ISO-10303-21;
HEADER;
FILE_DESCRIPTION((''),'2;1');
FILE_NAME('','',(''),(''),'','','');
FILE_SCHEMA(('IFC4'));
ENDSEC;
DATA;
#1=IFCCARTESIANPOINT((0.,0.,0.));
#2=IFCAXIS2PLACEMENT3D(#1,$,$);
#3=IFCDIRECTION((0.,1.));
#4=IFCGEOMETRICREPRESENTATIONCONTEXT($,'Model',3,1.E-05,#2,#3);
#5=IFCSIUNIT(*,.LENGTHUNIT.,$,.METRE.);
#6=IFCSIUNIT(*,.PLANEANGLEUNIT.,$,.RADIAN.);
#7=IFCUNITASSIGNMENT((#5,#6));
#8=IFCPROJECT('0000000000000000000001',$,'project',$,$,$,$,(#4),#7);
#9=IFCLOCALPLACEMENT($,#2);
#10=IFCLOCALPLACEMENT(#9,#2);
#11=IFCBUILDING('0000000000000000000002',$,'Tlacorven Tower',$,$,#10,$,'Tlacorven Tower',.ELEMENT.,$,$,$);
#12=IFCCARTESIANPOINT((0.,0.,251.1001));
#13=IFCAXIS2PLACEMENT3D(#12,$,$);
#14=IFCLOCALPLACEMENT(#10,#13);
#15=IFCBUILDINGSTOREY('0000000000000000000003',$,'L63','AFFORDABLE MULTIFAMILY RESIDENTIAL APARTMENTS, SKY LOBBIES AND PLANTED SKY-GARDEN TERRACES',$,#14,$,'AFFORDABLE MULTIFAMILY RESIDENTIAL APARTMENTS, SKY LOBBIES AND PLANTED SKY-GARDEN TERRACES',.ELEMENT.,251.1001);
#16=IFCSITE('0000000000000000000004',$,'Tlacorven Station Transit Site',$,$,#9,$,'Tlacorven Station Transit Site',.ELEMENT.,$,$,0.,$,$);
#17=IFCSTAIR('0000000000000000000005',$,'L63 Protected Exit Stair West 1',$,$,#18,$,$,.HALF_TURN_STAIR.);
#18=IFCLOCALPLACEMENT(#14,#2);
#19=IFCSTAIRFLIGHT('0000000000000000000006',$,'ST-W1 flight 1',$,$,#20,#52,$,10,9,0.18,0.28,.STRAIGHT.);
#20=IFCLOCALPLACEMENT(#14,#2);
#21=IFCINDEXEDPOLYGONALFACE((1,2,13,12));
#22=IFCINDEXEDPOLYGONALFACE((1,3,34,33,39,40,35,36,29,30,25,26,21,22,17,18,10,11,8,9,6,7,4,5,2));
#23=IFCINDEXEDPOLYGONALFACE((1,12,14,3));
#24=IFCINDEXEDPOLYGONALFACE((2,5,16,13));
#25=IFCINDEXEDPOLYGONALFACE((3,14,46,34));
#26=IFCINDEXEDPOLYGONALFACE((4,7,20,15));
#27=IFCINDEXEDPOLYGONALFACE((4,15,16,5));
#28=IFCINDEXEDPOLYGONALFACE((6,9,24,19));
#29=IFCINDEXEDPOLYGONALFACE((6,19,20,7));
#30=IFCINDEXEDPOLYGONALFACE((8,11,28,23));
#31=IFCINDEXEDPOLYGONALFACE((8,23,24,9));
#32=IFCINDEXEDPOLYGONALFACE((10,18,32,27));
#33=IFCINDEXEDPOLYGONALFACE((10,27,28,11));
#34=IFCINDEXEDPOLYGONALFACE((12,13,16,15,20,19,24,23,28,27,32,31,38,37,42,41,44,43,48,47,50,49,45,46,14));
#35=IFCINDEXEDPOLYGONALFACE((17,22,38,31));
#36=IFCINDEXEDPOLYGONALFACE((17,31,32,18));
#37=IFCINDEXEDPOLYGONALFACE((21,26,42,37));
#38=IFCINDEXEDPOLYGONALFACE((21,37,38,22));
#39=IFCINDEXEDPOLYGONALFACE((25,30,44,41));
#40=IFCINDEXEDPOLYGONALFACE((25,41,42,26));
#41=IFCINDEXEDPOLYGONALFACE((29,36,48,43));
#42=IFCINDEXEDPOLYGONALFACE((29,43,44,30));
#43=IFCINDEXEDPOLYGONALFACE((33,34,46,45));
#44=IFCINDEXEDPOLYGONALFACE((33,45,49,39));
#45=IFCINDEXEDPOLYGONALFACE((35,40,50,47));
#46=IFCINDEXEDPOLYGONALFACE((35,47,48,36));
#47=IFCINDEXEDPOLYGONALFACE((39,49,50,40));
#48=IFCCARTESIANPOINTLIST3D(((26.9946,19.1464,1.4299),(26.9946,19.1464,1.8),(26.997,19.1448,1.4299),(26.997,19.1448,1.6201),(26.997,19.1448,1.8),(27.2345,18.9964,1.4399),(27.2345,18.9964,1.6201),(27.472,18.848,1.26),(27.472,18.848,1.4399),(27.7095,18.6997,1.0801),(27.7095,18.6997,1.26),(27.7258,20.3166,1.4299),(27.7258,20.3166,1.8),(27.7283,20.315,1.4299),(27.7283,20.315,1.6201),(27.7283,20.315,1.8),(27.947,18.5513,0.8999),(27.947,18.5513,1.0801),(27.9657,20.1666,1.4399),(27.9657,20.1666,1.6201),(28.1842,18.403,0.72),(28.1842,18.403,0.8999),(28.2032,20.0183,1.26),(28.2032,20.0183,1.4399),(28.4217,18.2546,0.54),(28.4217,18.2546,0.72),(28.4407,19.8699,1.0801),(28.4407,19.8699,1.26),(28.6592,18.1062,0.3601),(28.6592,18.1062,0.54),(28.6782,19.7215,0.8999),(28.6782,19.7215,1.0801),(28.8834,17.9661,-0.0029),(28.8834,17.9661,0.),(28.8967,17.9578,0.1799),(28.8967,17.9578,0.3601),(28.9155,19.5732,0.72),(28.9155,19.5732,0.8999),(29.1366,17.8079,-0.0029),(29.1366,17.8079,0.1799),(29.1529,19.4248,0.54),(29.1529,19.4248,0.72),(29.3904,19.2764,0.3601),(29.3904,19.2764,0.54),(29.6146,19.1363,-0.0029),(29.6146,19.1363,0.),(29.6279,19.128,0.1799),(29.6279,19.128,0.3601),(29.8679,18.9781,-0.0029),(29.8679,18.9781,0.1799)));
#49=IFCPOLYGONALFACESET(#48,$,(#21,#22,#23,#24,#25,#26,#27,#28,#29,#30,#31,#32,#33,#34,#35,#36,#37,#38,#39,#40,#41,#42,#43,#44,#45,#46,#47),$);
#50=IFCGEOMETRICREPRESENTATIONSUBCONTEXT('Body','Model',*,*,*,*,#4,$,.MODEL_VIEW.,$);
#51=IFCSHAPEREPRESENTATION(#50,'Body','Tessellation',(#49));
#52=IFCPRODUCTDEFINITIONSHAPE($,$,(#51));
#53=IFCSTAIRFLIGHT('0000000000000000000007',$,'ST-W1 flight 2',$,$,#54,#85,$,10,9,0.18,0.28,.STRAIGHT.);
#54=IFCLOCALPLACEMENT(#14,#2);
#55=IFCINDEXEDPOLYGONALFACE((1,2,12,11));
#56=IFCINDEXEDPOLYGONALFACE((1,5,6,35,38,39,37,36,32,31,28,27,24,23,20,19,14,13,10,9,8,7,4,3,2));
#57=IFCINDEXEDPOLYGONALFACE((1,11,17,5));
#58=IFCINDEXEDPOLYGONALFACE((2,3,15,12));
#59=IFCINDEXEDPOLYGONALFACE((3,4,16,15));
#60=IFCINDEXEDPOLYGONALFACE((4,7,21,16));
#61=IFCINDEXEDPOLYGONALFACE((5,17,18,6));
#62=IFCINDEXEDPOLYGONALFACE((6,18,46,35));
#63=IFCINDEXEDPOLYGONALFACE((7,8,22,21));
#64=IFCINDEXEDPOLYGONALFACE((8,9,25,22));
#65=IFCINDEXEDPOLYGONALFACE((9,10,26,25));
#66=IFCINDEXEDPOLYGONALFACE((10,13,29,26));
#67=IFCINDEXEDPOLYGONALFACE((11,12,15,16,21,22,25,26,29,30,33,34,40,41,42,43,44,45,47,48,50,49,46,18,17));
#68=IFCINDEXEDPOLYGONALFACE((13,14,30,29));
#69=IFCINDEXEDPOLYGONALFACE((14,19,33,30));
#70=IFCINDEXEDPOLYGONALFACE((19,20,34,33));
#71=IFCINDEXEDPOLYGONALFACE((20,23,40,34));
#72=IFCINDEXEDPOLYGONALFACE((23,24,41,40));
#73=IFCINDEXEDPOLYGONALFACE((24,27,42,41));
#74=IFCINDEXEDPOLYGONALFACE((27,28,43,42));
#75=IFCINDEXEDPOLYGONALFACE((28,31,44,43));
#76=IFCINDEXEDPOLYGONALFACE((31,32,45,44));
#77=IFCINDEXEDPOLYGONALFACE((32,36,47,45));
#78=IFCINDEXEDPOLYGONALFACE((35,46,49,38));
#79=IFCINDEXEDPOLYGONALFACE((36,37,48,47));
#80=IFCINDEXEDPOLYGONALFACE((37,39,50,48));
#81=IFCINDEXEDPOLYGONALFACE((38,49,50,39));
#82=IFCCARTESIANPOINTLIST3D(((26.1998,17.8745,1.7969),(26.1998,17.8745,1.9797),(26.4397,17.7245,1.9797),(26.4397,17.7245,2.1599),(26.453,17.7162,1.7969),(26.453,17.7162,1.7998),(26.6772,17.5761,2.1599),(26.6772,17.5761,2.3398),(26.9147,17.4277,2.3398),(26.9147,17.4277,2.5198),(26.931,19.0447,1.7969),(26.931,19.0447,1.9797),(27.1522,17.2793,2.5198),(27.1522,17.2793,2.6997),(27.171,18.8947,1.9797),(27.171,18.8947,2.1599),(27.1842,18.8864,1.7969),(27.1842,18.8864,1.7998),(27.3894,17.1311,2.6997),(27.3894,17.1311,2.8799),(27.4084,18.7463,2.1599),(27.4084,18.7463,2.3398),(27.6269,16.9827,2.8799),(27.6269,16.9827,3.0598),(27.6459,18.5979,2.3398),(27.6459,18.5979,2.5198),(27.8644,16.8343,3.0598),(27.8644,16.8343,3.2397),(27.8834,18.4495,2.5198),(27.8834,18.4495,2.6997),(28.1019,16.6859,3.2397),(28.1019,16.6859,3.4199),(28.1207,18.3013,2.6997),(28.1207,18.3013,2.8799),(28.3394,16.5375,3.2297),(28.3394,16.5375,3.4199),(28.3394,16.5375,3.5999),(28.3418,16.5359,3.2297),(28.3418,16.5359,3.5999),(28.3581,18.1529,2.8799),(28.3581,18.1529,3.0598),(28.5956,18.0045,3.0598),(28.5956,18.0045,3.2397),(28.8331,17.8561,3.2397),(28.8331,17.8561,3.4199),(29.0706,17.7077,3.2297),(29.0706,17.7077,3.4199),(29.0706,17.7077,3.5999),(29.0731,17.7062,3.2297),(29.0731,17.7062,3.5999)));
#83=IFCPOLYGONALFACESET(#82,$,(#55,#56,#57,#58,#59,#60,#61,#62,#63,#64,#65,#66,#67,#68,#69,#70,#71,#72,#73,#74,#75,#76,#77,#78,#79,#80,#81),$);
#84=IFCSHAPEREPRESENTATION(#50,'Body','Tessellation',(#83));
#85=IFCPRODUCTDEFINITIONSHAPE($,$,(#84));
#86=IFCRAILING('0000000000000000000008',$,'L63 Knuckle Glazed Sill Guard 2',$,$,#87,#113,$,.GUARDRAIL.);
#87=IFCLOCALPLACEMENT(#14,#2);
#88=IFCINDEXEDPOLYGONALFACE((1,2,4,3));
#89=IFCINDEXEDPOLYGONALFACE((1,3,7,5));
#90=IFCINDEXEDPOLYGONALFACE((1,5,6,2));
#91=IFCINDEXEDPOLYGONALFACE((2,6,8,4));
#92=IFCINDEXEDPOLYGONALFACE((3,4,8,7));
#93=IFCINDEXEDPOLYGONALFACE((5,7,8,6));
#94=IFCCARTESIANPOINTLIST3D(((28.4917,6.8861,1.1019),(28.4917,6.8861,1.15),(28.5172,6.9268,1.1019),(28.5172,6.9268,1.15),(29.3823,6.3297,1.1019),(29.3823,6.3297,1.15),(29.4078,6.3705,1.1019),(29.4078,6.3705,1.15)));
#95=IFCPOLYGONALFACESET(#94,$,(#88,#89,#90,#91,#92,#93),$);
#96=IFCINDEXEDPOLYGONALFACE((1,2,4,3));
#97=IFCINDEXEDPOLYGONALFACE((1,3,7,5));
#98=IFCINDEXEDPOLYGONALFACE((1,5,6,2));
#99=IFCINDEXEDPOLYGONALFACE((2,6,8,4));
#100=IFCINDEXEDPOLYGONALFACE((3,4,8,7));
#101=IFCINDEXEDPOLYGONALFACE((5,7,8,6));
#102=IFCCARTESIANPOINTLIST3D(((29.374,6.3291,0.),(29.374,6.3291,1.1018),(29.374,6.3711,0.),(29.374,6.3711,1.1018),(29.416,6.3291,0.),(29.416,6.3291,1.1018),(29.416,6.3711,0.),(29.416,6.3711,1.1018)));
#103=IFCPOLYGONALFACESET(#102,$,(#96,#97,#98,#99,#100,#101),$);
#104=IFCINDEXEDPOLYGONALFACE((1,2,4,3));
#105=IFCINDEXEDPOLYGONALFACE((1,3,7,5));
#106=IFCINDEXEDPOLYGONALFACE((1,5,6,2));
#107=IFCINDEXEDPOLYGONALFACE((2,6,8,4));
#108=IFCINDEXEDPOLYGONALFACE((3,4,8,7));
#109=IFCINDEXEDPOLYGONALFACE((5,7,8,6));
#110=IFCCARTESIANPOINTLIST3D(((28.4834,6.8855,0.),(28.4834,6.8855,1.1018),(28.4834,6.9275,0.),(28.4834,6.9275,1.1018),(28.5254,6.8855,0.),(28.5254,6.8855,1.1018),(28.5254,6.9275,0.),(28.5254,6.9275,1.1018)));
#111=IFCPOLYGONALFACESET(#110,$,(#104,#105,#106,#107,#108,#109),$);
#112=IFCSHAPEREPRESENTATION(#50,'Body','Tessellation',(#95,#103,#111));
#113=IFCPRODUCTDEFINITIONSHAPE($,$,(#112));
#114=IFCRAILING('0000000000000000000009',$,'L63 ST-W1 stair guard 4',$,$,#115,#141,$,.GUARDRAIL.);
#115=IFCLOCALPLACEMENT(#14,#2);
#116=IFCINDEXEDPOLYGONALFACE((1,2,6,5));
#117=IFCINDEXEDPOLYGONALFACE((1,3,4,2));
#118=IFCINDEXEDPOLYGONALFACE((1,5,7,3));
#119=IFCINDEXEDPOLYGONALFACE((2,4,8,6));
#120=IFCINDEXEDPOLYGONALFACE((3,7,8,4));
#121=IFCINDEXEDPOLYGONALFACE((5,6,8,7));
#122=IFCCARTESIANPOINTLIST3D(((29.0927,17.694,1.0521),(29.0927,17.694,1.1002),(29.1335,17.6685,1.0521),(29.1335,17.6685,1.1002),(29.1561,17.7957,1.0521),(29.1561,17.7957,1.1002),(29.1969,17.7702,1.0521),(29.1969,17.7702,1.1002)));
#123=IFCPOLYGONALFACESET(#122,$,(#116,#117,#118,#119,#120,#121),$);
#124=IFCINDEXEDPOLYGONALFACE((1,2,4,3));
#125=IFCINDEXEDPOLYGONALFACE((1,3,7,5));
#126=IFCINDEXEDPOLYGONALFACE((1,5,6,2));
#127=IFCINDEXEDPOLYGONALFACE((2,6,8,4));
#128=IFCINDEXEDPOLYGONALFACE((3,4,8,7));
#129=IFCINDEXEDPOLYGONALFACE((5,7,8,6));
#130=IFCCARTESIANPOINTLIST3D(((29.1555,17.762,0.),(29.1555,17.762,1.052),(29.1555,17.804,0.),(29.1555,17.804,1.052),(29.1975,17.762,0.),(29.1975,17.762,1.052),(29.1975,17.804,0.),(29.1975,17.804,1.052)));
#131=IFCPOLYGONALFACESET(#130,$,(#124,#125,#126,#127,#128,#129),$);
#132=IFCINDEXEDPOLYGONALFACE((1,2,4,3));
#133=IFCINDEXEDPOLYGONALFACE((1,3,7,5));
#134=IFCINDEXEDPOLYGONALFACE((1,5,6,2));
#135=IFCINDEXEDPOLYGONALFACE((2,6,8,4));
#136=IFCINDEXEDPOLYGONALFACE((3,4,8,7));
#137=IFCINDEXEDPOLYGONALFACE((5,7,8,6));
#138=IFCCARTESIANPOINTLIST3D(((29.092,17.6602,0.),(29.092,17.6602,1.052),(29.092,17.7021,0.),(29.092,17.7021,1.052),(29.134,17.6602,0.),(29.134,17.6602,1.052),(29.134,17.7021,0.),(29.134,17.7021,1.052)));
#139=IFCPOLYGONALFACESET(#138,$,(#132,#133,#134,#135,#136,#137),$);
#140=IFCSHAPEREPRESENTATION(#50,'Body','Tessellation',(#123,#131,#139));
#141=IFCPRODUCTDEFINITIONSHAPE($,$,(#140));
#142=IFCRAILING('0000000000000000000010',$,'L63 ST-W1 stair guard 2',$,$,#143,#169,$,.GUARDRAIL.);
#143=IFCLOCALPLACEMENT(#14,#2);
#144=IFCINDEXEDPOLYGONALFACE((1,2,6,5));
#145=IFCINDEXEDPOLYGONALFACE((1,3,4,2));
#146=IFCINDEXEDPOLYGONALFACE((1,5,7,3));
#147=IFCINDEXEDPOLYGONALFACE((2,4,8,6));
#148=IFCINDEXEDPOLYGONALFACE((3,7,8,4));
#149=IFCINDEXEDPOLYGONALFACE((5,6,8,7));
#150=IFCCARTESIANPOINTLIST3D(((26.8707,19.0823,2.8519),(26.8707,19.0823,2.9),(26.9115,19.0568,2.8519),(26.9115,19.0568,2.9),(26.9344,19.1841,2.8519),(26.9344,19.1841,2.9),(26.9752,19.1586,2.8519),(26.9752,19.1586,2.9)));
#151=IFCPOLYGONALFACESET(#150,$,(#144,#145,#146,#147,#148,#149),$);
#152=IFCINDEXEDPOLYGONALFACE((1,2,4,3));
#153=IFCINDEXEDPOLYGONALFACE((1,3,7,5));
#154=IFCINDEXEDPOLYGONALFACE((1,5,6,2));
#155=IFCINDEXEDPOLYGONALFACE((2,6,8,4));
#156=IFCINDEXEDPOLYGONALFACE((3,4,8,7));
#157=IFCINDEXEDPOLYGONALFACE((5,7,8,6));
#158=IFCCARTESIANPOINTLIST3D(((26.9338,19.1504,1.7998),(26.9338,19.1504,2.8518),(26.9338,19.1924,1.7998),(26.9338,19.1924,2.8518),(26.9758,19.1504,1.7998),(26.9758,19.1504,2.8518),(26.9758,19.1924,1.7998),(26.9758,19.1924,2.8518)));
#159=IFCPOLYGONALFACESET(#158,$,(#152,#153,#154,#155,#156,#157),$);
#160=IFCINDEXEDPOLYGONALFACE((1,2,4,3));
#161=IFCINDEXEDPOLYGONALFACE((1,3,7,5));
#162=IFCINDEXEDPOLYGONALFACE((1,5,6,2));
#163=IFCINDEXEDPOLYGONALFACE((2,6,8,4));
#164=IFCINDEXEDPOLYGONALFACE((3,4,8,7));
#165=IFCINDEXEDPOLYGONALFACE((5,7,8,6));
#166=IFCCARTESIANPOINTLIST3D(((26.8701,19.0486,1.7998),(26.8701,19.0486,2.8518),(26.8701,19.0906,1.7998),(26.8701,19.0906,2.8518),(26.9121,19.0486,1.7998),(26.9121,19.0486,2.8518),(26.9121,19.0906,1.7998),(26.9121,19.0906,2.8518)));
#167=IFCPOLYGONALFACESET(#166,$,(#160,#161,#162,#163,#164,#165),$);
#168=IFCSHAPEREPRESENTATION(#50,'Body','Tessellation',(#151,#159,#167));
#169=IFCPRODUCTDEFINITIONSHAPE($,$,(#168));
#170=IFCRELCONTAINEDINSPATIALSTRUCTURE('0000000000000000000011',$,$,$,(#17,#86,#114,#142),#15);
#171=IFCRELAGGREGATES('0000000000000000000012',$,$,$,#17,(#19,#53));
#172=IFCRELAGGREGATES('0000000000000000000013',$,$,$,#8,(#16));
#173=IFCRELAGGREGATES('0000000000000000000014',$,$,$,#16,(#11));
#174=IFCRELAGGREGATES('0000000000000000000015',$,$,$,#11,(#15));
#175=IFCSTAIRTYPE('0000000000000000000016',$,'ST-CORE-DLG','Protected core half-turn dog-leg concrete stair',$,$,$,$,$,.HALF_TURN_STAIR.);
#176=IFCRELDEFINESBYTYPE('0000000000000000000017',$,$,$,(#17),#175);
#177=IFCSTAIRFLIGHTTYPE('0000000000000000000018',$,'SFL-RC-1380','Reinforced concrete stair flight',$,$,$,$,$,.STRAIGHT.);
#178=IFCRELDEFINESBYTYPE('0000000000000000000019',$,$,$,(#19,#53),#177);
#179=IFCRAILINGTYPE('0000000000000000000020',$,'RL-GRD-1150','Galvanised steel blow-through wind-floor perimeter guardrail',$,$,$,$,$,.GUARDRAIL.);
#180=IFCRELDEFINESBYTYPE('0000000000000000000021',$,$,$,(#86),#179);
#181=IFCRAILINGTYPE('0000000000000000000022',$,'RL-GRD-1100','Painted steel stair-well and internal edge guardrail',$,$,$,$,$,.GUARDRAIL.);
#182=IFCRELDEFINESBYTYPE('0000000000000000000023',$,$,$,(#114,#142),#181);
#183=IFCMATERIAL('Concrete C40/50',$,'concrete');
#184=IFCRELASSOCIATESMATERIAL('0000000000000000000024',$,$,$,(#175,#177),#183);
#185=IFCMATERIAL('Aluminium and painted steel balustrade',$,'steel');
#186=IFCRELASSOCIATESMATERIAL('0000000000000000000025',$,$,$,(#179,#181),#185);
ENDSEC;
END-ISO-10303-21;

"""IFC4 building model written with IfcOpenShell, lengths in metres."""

from ifc_helpers import new_model, si_unit, direction, frame, origin, origin_2d, place, context, subcontext, project, spatial, polyline, rectangle, outline, extrude, source, transform, mapped, material, type_object, element, aggregate, save


model = new_model("IFC4")

# Units and contexts
model_context = context("Model", 3, precision=1e-05, world=origin(), true_north=direction((0.0, 1.0)))
body_context = subcontext(model_context, "Body", "Model", "MODEL_VIEW")
ifc_project = project(units=[si_unit("LENGTHUNIT", "METRE"), si_unit("PLANEANGLEUNIT", "RADIAN")], contexts=[model_context])

# Site, building, storey
site_placement = place(None, origin())
site = spatial("IfcSite", under=ifc_project, at=site_placement, Name="Tlacorven Station Transit Site", LongName="Tlacorven Station Transit Site", CompositionType="ELEMENT", RefElevation=0.0)
building_placement = place(site_placement, origin())
building = spatial("IfcBuilding", under=site, at=building_placement, Name="Tlacorven Tower", LongName="Tlacorven Tower", CompositionType="ELEMENT")
storey_placement = place(building_placement, frame((0.0, 0.0, 251.1001)))
storey = spatial("IfcBuildingStorey", under=building, at=storey_placement, Name="L63", Description="AFFORDABLE MULTIFAMILY RESIDENTIAL APARTMENTS, SKY LOBBIES AND PLANTED SKY-GARDEN TERRACES", LongName="AFFORDABLE MULTIFAMILY RESIDENTIAL APARTMENTS, SKY LOBBIES AND PLANTED SKY-GARDEN TERRACES", CompositionType="ELEMENT", Elevation=251.1001)

# Stair, stair flights
ifc_material_1 = material(Name="Concrete C40/50", Category="concrete")
stair_type = type_object("IfcStairType", Name="ST-CORE-DLG", Description="Protected core half-turn dog-leg concrete stair", PredefinedType="HALF_TURN_STAIR", material=ifc_material_1)
stair_placement = place(storey_placement, origin())
stair = element("IfcStair", 1, at=stair_placement, inside=storey, type_object=stair_type, Name="L63 Protected Exit Stair West 1", PredefinedType="HALF_TURN_STAIR")
stair_flight_type = type_object("IfcStairFlightType", Name="SFL-RC-1380", Description="Reinforced concrete stair flight", PredefinedType="STRAIGHT", material=ifc_material_1)
shared_shape_1 = source(origin(), body_context, "Body", "SweptSolid", [
    extrude(outline(polyline([(-0.0029, -0.0029), (-0.0029, 0.1799), (0.28, 0.1799), (0.28, 0.3601), (0.5601, 0.3601), (0.5601, 0.54), (0.8401, 0.54), (0.8401, 0.72), (1.1201, 0.72), (1.1201, 0.8999), (1.3999, 0.8999), (1.3999, 1.0801), (1.6799, 1.0801), (1.6799, 1.26), (1.96, 1.26), (1.96, 1.4399), (2.24, 1.4399), (2.24, 1.6201), (2.52, 1.6201), (2.52, 1.8), (2.5229, 1.8), (2.5229, 1.4299), (2.52, 1.4299), (0.2957, 0.0), (0.2957, -0.0029), (-0.0029, -0.0029)])), frame((0.0, 0.6899, 0.0), z_axis=(0.0, -1.0, 0.0), x_axis=(1.0, 0.0, 0.0)), (0.0, 0.0, 1.0), 1.3799),
])
stair_flight_1_placement = place(storey_placement, frame((29.4998, 18.3945, 0.0), z_axis=(0.0, 0.0, 1.0), x_axis=(-0.848048, 0.529919, 0.0)))
stair_flight_1 = element("IfcStairFlight", 2, at=stair_flight_1_placement, type_object=stair_flight_type, Name="ST-W1 flight 1", NumberOfRisers=10, NumberOfTreads=9, PredefinedType="STRAIGHT", RiserHeight=0.18, TreadLength=0.28, context=body_context, shape_type="MappedRepresentation", body=[
    mapped(shared_shape_1, transform((0.0, 0.0, 0.0), scale=1.0)),
])
stair_flight_2_placement = place(storey_placement, frame((26.5679, 18.458, 1.7998), z_axis=(0.0, 0.0, 1.0), x_axis=(0.848048, -0.529919, 0.0)))
stair_flight_2 = element("IfcStairFlight", 3, at=stair_flight_2_placement, type_object=stair_flight_type, Name="ST-W1 flight 2", NumberOfRisers=10, NumberOfTreads=9, PredefinedType="STRAIGHT", RiserHeight=0.18, TreadLength=0.28, context=body_context, shape_type="MappedRepresentation", body=[
    mapped(shared_shape_1, transform((0.0, 0.0, 0.0), scale=1.0)),
])
aggregate(stair, [stair_flight_1, stair_flight_2])

# Railings
ifc_material_2 = material(Name="Aluminium and painted steel balustrade", Category="steel")
railing_type_1 = type_object("IfcRailingType", Name="RL-GRD-1150", Description="Galvanised steel blow-through wind-floor perimeter guardrail", PredefinedType="GUARDRAIL", material=ifc_material_2)
shared_shape_2 = source(origin(), body_context, "Body", "SweptSolid", [
    extrude(rectangle(XDim=0.0481, YDim=0.0481, at=origin_2d()), frame((0.0, 0.0, 1.126), z_axis=(-0.848103, 0.529832, 0.0), x_axis=(-0.529832, -0.848103, 0.0)), (0.0, 0.0, 1.0), 1.05),
    extrude(rectangle(XDim=0.042, YDim=0.042, at=origin_2d()), origin(), (0.0, 0.0, 1.0), 1.1018),
    extrude(rectangle(XDim=0.042, YDim=0.042, at=origin_2d()), frame((-0.8906, 0.5564, 0.0)), (0.0, 0.0, 1.0), 1.1018),
])
railing_1_placement = place(storey_placement, frame((29.395, 6.3501, 0.0)))
element("IfcRailing", 4, at=railing_1_placement, inside=storey, type_object=railing_type_1, Name="L63 Knuckle Glazed Sill Guard 2", PredefinedType="GUARDRAIL", context=body_context, shape_type="MappedRepresentation", body=[
    mapped(shared_shape_2, transform((0.0, 0.0, 0.0), scale=1.0)),
])
railing_type_2 = type_object("IfcRailingType", Name="RL-GRD-1100", Description="Painted steel stair-well and internal edge guardrail", PredefinedType="GUARDRAIL", material=ifc_material_2)
shared_shape_3 = source(origin(), body_context, "Body", "SweptSolid", [
    extrude(rectangle(XDim=0.0481, YDim=0.0481, at=origin_2d()), frame((0.0, 0.0, 1.0762), z_axis=(-0.529084, -0.848569, 0.0), x_axis=(0.848569, -0.529084, 0.0)), (0.0, 0.0, 1.0), 0.1199),
    extrude(rectangle(XDim=0.042, YDim=0.042, at=origin_2d()), origin(), (0.0, 0.0, 1.0), 1.052),
    extrude(rectangle(XDim=0.042, YDim=0.042, at=origin_2d()), frame((-0.0635, -0.1018, 0.0)), (0.0, 0.0, 1.0), 1.052),
])
railing_2_placement = place(storey_placement, frame((29.1765, 17.783, 0.0)))
element("IfcRailing", 5, at=railing_2_placement, inside=storey, type_object=railing_type_2, Name="L63 ST-W1 stair guard 4", PredefinedType="GUARDRAIL", context=body_context, shape_type="MappedRepresentation", body=[
    mapped(shared_shape_3, transform((0.0, 0.0, 0.0), scale=1.0)),
])
shared_shape_4 = source(origin(), body_context, "Body", "SweptSolid", [
    extrude(rectangle(XDim=0.0481, YDim=0.0481, at=origin_2d()), frame((0.0, 0.0, 1.0762), z_axis=(-0.530547, -0.847656, 0.0), x_axis=(0.847656, -0.530547, 0.0)), (0.0, 0.0, 1.0), 0.1201),
    extrude(rectangle(XDim=0.042, YDim=0.042, at=origin_2d()), origin(), (0.0, 0.0, 1.0), 1.052),
    extrude(rectangle(XDim=0.042, YDim=0.042, at=origin_2d()), frame((-0.0637, -0.1018, 0.0)), (0.0, 0.0, 1.0), 1.052),
])
railing_3_placement = place(storey_placement, frame((26.9548, 19.1714, 1.7998)))
element("IfcRailing", 6, at=railing_3_placement, inside=storey, type_object=railing_type_2, Name="L63 ST-W1 stair guard 2", PredefinedType="GUARDRAIL", context=body_context, shape_type="MappedRepresentation", body=[
    mapped(shared_shape_4, transform((0.0, 0.0, 0.0), scale=1.0)),
])

save(model, "model.ifc")
